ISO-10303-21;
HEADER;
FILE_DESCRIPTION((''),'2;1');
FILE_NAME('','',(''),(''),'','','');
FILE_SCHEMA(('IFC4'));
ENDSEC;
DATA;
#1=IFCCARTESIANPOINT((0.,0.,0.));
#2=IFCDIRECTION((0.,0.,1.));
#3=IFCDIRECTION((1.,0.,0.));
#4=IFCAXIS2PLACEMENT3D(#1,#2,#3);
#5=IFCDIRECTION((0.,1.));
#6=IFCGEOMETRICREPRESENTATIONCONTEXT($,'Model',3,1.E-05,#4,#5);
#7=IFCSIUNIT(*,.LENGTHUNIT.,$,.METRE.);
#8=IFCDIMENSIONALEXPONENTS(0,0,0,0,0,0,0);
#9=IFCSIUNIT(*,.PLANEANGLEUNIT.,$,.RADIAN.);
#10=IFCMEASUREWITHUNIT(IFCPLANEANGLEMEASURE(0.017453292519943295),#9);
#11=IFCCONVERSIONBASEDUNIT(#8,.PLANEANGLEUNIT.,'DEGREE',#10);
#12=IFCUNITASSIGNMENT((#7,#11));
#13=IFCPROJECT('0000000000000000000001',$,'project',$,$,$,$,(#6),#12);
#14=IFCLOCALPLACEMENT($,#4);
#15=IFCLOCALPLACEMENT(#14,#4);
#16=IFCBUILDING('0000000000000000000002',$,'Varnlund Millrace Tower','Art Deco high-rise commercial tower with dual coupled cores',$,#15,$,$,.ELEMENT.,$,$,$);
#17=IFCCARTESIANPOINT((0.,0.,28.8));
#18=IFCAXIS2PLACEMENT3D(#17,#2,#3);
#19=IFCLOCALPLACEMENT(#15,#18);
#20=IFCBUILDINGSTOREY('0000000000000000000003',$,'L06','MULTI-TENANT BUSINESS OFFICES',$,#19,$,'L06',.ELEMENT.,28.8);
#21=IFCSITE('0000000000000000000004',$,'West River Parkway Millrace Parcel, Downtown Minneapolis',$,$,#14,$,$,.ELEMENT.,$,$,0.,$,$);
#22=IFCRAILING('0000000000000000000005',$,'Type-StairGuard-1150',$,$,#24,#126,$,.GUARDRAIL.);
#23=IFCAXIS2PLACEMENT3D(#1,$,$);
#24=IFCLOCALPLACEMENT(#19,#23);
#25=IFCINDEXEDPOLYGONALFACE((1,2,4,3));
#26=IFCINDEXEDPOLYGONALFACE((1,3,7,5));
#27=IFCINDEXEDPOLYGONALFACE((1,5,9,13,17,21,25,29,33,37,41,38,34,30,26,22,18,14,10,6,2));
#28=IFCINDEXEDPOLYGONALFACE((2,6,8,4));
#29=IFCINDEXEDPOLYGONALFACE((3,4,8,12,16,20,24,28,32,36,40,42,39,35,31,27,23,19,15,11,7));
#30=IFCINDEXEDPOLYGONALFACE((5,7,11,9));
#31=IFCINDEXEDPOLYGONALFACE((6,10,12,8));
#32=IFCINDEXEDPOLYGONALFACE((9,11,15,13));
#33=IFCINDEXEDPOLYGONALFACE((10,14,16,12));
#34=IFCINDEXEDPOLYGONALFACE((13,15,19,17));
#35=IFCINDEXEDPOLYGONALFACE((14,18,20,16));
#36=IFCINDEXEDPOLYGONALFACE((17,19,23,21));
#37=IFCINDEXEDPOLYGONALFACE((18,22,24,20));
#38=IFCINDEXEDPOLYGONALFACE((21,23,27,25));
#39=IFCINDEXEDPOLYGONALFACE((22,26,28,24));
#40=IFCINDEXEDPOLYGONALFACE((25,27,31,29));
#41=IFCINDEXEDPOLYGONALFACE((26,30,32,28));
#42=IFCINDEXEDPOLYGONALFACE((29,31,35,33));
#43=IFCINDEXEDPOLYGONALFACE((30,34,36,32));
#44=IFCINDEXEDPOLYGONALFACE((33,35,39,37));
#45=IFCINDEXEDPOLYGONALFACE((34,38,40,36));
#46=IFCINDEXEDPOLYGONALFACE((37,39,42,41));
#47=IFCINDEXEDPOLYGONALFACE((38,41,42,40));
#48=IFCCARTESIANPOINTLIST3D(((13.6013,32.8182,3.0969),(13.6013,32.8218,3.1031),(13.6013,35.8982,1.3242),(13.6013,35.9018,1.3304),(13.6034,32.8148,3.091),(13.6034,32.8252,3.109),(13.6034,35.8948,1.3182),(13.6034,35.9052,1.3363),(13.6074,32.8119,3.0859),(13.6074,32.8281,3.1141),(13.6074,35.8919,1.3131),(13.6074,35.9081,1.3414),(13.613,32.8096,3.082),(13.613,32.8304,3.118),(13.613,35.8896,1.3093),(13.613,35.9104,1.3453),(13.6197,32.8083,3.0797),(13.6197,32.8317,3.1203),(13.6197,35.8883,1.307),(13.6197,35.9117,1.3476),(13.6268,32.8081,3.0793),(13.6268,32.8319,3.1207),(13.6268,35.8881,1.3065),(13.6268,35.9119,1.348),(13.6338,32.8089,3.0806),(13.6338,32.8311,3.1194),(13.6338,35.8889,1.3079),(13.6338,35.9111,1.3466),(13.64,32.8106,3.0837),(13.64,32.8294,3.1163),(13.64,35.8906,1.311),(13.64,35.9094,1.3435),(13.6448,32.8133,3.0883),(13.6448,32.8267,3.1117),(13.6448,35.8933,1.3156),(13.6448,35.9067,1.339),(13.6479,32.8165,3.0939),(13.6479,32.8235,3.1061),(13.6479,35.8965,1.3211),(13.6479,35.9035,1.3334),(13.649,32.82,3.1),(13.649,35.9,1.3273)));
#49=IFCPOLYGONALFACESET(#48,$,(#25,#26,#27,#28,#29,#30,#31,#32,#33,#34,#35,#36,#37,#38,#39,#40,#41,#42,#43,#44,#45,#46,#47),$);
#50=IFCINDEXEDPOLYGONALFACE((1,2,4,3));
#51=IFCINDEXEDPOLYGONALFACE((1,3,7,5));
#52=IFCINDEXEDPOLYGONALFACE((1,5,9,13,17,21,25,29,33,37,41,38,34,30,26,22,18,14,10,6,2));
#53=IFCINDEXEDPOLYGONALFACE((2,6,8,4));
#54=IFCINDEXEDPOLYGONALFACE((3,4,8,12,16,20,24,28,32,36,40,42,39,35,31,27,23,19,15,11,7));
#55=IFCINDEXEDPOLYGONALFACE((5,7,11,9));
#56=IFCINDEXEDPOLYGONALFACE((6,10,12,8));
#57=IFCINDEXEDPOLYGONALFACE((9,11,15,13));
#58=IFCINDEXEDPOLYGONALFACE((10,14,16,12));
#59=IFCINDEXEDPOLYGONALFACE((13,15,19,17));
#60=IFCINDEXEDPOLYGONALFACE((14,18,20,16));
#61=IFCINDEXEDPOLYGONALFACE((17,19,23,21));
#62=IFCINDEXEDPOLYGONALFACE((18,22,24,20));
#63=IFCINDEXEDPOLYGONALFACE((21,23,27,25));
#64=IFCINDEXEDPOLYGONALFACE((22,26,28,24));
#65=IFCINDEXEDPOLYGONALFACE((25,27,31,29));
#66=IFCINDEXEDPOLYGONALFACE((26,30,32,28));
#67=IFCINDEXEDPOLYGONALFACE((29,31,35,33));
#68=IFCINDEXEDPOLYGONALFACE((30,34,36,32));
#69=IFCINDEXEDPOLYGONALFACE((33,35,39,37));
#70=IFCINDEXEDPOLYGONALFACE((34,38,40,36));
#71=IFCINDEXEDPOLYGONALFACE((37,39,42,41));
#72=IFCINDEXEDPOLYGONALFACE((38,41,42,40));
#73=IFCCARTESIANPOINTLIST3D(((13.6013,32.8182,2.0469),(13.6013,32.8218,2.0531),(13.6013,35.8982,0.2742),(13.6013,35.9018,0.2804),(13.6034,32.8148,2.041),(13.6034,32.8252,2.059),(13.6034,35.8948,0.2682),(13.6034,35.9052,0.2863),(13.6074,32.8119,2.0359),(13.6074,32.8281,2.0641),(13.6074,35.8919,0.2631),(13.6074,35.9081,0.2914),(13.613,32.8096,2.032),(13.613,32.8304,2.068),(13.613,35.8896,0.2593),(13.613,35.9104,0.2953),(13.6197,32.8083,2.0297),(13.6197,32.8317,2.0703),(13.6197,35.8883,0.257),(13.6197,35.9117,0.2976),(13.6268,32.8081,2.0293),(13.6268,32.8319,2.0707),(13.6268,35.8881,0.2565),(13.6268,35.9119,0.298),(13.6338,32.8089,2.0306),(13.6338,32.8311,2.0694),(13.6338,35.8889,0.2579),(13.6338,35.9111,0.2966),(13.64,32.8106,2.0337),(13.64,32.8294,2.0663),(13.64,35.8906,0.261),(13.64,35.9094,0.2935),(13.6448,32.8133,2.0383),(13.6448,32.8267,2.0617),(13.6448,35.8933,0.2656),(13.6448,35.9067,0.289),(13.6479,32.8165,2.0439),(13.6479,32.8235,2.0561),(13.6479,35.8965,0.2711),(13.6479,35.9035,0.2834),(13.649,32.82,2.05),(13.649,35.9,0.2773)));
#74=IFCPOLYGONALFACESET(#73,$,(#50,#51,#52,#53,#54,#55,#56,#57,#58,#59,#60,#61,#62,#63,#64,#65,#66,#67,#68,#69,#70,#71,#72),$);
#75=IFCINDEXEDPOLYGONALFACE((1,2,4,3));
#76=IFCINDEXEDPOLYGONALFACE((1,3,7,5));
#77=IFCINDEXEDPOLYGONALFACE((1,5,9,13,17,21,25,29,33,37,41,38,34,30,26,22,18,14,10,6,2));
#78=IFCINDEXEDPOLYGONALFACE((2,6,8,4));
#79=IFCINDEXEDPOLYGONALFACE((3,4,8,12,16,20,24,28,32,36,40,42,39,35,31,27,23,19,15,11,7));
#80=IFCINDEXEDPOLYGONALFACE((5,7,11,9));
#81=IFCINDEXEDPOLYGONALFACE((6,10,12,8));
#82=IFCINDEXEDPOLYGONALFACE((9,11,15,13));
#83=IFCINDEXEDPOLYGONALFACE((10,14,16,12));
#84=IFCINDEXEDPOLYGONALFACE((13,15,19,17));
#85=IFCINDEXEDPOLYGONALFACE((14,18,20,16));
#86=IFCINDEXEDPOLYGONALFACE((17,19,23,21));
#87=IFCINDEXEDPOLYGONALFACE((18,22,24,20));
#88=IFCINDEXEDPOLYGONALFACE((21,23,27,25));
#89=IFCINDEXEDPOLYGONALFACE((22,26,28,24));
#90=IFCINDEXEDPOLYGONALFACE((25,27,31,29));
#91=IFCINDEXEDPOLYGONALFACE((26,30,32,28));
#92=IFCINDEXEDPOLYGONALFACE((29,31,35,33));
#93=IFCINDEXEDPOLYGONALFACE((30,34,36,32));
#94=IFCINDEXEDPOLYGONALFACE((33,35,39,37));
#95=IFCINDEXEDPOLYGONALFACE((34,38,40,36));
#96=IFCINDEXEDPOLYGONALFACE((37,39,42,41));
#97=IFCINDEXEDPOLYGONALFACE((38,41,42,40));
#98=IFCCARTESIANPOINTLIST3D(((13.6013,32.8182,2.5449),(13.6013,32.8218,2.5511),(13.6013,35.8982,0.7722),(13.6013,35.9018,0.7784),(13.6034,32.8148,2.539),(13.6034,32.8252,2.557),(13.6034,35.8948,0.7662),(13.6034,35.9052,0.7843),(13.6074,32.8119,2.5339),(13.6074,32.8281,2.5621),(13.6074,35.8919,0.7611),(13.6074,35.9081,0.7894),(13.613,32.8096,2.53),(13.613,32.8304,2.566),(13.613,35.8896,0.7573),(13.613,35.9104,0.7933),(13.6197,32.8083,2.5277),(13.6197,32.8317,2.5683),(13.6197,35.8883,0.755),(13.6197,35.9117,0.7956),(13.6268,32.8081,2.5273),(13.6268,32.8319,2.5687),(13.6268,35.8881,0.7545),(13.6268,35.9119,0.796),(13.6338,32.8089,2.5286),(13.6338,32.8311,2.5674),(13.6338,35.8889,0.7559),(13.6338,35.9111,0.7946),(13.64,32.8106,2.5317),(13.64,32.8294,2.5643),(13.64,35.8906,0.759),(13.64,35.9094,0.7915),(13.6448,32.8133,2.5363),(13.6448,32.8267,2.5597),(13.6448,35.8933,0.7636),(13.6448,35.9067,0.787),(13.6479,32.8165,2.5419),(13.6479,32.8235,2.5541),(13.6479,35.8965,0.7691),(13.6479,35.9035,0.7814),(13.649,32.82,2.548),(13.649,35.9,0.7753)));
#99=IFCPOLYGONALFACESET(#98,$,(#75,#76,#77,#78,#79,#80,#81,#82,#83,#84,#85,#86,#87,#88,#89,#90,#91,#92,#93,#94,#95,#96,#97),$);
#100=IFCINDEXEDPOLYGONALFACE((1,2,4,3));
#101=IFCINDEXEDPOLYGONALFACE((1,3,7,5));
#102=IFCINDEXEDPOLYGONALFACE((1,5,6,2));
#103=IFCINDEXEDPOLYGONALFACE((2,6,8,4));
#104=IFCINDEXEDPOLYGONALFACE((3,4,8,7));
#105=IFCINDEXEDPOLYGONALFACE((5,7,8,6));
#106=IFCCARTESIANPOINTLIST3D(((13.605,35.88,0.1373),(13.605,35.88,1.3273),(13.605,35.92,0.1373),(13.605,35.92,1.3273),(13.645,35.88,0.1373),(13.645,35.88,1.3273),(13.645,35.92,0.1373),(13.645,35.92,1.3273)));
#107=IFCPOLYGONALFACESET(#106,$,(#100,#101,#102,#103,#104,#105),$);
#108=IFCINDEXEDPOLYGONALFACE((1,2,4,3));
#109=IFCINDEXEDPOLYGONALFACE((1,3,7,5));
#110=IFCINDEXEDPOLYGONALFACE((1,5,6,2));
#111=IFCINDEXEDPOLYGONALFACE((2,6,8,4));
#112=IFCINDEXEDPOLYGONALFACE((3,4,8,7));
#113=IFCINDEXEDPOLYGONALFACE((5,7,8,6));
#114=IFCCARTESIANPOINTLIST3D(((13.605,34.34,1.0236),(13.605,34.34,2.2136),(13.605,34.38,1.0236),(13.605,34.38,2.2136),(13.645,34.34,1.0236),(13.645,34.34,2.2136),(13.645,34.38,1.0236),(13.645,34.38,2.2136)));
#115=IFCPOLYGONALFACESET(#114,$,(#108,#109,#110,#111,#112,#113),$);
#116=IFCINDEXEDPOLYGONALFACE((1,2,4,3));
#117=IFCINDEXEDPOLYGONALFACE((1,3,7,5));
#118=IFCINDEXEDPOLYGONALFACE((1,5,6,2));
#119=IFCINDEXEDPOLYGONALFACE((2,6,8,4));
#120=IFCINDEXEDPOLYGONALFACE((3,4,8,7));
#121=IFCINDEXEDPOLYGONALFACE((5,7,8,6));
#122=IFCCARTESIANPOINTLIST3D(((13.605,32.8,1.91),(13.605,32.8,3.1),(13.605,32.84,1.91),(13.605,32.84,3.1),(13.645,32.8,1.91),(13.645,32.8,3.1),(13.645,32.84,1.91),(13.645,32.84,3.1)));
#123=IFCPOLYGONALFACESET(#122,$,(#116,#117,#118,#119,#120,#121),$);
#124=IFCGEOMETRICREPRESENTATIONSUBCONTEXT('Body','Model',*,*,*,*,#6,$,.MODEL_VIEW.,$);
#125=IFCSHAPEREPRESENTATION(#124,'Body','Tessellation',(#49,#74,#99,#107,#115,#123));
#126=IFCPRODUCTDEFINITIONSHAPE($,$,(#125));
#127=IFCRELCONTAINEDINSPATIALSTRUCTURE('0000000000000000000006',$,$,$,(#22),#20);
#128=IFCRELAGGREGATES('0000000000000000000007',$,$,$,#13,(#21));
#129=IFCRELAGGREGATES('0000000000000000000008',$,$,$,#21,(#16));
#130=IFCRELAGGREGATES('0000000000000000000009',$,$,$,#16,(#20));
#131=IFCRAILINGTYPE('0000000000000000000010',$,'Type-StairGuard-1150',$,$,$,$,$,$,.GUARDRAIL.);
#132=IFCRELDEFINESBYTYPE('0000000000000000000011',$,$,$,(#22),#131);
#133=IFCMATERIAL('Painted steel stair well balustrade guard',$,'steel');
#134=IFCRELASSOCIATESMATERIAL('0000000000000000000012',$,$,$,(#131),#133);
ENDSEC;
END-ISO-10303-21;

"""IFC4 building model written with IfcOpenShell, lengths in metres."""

from ifc_helpers import new_model, entity, si_unit, converted_unit, direction, frame, origin_with_axes, origin_2d_with_axis, place, context, subcontext, project, spatial, rectangle, circle, extrude, material, type_object, element, save


model = new_model("IFC4")

# Units and contexts
model_context = context("Model", 3, precision=1e-05, world=origin_with_axes(), true_north=direction((0.0, 1.0)))
body_context = subcontext(model_context, "Body", "Model", "MODEL_VIEW")
ifc_project = project(units=[si_unit("LENGTHUNIT", "METRE"), converted_unit("PLANEANGLEUNIT", "DEGREE", entity("IfcPlaneAngleMeasure", 0.017453292519943295), si_unit("PLANEANGLEUNIT", "RADIAN"), dimensions=[0, 0, 0, 0, 0, 0, 0])], contexts=[model_context])

# Site, building, storey
site_placement = place(None, origin_with_axes())
site = spatial("IfcSite", under=ifc_project, at=site_placement, Name="West River Parkway Millrace Parcel, Downtown Minneapolis", CompositionType="ELEMENT", RefElevation=0.0)
building_placement = place(site_placement, origin_with_axes())
building = spatial("IfcBuilding", under=site, at=building_placement, Name="Varnlund Millrace Tower", Description="Art Deco high-rise commercial tower with dual coupled cores", CompositionType="ELEMENT")
storey_placement = place(building_placement, frame((0.0, 0.0, 28.8), z_axis=(0.0, 0.0, 1.0), x_axis=(1.0, 0.0, 0.0)))
storey = spatial("IfcBuildingStorey", under=building, at=storey_placement, Name="L06", Description="MULTI-TENANT BUSINESS OFFICES", LongName="L06", CompositionType="ELEMENT", Elevation=28.8)

# Railing
ifc_material_1 = material(Name="Painted steel stair well balustrade guard", Category="steel")
railing_type_1 = type_object("IfcRailingType", Name="Type-StairGuard-1150", PredefinedType="GUARDRAIL", material=ifc_material_1)
railing_1_placement = place(storey_placement, frame((0.0, 0.0, -28.8), z_axis=(0.0, 0.0, 1.0), x_axis=(1.0, 0.0, 0.0)))
element("IfcRailing", 1, at=railing_1_placement, inside=storey, type_object=railing_type_1, Name="Type-StairGuard-1150", PredefinedType="GUARDRAIL", context=body_context, shape_type="SweptSolid", body=[
    extrude(circle(Radius=0.024, at=origin_2d_with_axis()), frame((13.625, 35.9, 30.1273), z_axis=(0.0, -0.866696, 0.498836), x_axis=(1.0, 0.0, 0.0)), (0.0, 0.0, 1.0), 3.5537),
    extrude(circle(Radius=0.024, at=origin_2d_with_axis()), frame((13.625, 35.9, 29.0773), z_axis=(0.0, -0.866696, 0.498836), x_axis=(1.0, 0.0, 0.0)), (0.0, 0.0, 1.0), 3.5537),
    extrude(circle(Radius=0.024, at=origin_2d_with_axis()), frame((13.625, 35.9, 29.5753), z_axis=(0.0, -0.866696, 0.498836), x_axis=(1.0, 0.0, 0.0)), (0.0, 0.0, 1.0), 3.5537),
    extrude(rectangle(XDim=0.04, YDim=0.04, at=origin_2d_with_axis()), frame((13.625, 35.9, 28.9373), z_axis=(0.0, 0.0, 1.0), x_axis=(1.0, 0.0, 0.0)), (0.0, 0.0, 1.0), 1.19),
    extrude(rectangle(XDim=0.04, YDim=0.04, at=origin_2d_with_axis()), frame((13.625, 34.36, 29.8236), z_axis=(0.0, 0.0, 1.0), x_axis=(1.0, 0.0, 0.0)), (0.0, 0.0, 1.0), 1.19),
    extrude(rectangle(XDim=0.04, YDim=0.04, at=origin_2d_with_axis()), frame((13.625, 32.82, 30.71), z_axis=(0.0, 0.0, 1.0), x_axis=(1.0, 0.0, 0.0)), (0.0, 0.0, 1.0), 1.19),
])

save(model, "model.ifc")
